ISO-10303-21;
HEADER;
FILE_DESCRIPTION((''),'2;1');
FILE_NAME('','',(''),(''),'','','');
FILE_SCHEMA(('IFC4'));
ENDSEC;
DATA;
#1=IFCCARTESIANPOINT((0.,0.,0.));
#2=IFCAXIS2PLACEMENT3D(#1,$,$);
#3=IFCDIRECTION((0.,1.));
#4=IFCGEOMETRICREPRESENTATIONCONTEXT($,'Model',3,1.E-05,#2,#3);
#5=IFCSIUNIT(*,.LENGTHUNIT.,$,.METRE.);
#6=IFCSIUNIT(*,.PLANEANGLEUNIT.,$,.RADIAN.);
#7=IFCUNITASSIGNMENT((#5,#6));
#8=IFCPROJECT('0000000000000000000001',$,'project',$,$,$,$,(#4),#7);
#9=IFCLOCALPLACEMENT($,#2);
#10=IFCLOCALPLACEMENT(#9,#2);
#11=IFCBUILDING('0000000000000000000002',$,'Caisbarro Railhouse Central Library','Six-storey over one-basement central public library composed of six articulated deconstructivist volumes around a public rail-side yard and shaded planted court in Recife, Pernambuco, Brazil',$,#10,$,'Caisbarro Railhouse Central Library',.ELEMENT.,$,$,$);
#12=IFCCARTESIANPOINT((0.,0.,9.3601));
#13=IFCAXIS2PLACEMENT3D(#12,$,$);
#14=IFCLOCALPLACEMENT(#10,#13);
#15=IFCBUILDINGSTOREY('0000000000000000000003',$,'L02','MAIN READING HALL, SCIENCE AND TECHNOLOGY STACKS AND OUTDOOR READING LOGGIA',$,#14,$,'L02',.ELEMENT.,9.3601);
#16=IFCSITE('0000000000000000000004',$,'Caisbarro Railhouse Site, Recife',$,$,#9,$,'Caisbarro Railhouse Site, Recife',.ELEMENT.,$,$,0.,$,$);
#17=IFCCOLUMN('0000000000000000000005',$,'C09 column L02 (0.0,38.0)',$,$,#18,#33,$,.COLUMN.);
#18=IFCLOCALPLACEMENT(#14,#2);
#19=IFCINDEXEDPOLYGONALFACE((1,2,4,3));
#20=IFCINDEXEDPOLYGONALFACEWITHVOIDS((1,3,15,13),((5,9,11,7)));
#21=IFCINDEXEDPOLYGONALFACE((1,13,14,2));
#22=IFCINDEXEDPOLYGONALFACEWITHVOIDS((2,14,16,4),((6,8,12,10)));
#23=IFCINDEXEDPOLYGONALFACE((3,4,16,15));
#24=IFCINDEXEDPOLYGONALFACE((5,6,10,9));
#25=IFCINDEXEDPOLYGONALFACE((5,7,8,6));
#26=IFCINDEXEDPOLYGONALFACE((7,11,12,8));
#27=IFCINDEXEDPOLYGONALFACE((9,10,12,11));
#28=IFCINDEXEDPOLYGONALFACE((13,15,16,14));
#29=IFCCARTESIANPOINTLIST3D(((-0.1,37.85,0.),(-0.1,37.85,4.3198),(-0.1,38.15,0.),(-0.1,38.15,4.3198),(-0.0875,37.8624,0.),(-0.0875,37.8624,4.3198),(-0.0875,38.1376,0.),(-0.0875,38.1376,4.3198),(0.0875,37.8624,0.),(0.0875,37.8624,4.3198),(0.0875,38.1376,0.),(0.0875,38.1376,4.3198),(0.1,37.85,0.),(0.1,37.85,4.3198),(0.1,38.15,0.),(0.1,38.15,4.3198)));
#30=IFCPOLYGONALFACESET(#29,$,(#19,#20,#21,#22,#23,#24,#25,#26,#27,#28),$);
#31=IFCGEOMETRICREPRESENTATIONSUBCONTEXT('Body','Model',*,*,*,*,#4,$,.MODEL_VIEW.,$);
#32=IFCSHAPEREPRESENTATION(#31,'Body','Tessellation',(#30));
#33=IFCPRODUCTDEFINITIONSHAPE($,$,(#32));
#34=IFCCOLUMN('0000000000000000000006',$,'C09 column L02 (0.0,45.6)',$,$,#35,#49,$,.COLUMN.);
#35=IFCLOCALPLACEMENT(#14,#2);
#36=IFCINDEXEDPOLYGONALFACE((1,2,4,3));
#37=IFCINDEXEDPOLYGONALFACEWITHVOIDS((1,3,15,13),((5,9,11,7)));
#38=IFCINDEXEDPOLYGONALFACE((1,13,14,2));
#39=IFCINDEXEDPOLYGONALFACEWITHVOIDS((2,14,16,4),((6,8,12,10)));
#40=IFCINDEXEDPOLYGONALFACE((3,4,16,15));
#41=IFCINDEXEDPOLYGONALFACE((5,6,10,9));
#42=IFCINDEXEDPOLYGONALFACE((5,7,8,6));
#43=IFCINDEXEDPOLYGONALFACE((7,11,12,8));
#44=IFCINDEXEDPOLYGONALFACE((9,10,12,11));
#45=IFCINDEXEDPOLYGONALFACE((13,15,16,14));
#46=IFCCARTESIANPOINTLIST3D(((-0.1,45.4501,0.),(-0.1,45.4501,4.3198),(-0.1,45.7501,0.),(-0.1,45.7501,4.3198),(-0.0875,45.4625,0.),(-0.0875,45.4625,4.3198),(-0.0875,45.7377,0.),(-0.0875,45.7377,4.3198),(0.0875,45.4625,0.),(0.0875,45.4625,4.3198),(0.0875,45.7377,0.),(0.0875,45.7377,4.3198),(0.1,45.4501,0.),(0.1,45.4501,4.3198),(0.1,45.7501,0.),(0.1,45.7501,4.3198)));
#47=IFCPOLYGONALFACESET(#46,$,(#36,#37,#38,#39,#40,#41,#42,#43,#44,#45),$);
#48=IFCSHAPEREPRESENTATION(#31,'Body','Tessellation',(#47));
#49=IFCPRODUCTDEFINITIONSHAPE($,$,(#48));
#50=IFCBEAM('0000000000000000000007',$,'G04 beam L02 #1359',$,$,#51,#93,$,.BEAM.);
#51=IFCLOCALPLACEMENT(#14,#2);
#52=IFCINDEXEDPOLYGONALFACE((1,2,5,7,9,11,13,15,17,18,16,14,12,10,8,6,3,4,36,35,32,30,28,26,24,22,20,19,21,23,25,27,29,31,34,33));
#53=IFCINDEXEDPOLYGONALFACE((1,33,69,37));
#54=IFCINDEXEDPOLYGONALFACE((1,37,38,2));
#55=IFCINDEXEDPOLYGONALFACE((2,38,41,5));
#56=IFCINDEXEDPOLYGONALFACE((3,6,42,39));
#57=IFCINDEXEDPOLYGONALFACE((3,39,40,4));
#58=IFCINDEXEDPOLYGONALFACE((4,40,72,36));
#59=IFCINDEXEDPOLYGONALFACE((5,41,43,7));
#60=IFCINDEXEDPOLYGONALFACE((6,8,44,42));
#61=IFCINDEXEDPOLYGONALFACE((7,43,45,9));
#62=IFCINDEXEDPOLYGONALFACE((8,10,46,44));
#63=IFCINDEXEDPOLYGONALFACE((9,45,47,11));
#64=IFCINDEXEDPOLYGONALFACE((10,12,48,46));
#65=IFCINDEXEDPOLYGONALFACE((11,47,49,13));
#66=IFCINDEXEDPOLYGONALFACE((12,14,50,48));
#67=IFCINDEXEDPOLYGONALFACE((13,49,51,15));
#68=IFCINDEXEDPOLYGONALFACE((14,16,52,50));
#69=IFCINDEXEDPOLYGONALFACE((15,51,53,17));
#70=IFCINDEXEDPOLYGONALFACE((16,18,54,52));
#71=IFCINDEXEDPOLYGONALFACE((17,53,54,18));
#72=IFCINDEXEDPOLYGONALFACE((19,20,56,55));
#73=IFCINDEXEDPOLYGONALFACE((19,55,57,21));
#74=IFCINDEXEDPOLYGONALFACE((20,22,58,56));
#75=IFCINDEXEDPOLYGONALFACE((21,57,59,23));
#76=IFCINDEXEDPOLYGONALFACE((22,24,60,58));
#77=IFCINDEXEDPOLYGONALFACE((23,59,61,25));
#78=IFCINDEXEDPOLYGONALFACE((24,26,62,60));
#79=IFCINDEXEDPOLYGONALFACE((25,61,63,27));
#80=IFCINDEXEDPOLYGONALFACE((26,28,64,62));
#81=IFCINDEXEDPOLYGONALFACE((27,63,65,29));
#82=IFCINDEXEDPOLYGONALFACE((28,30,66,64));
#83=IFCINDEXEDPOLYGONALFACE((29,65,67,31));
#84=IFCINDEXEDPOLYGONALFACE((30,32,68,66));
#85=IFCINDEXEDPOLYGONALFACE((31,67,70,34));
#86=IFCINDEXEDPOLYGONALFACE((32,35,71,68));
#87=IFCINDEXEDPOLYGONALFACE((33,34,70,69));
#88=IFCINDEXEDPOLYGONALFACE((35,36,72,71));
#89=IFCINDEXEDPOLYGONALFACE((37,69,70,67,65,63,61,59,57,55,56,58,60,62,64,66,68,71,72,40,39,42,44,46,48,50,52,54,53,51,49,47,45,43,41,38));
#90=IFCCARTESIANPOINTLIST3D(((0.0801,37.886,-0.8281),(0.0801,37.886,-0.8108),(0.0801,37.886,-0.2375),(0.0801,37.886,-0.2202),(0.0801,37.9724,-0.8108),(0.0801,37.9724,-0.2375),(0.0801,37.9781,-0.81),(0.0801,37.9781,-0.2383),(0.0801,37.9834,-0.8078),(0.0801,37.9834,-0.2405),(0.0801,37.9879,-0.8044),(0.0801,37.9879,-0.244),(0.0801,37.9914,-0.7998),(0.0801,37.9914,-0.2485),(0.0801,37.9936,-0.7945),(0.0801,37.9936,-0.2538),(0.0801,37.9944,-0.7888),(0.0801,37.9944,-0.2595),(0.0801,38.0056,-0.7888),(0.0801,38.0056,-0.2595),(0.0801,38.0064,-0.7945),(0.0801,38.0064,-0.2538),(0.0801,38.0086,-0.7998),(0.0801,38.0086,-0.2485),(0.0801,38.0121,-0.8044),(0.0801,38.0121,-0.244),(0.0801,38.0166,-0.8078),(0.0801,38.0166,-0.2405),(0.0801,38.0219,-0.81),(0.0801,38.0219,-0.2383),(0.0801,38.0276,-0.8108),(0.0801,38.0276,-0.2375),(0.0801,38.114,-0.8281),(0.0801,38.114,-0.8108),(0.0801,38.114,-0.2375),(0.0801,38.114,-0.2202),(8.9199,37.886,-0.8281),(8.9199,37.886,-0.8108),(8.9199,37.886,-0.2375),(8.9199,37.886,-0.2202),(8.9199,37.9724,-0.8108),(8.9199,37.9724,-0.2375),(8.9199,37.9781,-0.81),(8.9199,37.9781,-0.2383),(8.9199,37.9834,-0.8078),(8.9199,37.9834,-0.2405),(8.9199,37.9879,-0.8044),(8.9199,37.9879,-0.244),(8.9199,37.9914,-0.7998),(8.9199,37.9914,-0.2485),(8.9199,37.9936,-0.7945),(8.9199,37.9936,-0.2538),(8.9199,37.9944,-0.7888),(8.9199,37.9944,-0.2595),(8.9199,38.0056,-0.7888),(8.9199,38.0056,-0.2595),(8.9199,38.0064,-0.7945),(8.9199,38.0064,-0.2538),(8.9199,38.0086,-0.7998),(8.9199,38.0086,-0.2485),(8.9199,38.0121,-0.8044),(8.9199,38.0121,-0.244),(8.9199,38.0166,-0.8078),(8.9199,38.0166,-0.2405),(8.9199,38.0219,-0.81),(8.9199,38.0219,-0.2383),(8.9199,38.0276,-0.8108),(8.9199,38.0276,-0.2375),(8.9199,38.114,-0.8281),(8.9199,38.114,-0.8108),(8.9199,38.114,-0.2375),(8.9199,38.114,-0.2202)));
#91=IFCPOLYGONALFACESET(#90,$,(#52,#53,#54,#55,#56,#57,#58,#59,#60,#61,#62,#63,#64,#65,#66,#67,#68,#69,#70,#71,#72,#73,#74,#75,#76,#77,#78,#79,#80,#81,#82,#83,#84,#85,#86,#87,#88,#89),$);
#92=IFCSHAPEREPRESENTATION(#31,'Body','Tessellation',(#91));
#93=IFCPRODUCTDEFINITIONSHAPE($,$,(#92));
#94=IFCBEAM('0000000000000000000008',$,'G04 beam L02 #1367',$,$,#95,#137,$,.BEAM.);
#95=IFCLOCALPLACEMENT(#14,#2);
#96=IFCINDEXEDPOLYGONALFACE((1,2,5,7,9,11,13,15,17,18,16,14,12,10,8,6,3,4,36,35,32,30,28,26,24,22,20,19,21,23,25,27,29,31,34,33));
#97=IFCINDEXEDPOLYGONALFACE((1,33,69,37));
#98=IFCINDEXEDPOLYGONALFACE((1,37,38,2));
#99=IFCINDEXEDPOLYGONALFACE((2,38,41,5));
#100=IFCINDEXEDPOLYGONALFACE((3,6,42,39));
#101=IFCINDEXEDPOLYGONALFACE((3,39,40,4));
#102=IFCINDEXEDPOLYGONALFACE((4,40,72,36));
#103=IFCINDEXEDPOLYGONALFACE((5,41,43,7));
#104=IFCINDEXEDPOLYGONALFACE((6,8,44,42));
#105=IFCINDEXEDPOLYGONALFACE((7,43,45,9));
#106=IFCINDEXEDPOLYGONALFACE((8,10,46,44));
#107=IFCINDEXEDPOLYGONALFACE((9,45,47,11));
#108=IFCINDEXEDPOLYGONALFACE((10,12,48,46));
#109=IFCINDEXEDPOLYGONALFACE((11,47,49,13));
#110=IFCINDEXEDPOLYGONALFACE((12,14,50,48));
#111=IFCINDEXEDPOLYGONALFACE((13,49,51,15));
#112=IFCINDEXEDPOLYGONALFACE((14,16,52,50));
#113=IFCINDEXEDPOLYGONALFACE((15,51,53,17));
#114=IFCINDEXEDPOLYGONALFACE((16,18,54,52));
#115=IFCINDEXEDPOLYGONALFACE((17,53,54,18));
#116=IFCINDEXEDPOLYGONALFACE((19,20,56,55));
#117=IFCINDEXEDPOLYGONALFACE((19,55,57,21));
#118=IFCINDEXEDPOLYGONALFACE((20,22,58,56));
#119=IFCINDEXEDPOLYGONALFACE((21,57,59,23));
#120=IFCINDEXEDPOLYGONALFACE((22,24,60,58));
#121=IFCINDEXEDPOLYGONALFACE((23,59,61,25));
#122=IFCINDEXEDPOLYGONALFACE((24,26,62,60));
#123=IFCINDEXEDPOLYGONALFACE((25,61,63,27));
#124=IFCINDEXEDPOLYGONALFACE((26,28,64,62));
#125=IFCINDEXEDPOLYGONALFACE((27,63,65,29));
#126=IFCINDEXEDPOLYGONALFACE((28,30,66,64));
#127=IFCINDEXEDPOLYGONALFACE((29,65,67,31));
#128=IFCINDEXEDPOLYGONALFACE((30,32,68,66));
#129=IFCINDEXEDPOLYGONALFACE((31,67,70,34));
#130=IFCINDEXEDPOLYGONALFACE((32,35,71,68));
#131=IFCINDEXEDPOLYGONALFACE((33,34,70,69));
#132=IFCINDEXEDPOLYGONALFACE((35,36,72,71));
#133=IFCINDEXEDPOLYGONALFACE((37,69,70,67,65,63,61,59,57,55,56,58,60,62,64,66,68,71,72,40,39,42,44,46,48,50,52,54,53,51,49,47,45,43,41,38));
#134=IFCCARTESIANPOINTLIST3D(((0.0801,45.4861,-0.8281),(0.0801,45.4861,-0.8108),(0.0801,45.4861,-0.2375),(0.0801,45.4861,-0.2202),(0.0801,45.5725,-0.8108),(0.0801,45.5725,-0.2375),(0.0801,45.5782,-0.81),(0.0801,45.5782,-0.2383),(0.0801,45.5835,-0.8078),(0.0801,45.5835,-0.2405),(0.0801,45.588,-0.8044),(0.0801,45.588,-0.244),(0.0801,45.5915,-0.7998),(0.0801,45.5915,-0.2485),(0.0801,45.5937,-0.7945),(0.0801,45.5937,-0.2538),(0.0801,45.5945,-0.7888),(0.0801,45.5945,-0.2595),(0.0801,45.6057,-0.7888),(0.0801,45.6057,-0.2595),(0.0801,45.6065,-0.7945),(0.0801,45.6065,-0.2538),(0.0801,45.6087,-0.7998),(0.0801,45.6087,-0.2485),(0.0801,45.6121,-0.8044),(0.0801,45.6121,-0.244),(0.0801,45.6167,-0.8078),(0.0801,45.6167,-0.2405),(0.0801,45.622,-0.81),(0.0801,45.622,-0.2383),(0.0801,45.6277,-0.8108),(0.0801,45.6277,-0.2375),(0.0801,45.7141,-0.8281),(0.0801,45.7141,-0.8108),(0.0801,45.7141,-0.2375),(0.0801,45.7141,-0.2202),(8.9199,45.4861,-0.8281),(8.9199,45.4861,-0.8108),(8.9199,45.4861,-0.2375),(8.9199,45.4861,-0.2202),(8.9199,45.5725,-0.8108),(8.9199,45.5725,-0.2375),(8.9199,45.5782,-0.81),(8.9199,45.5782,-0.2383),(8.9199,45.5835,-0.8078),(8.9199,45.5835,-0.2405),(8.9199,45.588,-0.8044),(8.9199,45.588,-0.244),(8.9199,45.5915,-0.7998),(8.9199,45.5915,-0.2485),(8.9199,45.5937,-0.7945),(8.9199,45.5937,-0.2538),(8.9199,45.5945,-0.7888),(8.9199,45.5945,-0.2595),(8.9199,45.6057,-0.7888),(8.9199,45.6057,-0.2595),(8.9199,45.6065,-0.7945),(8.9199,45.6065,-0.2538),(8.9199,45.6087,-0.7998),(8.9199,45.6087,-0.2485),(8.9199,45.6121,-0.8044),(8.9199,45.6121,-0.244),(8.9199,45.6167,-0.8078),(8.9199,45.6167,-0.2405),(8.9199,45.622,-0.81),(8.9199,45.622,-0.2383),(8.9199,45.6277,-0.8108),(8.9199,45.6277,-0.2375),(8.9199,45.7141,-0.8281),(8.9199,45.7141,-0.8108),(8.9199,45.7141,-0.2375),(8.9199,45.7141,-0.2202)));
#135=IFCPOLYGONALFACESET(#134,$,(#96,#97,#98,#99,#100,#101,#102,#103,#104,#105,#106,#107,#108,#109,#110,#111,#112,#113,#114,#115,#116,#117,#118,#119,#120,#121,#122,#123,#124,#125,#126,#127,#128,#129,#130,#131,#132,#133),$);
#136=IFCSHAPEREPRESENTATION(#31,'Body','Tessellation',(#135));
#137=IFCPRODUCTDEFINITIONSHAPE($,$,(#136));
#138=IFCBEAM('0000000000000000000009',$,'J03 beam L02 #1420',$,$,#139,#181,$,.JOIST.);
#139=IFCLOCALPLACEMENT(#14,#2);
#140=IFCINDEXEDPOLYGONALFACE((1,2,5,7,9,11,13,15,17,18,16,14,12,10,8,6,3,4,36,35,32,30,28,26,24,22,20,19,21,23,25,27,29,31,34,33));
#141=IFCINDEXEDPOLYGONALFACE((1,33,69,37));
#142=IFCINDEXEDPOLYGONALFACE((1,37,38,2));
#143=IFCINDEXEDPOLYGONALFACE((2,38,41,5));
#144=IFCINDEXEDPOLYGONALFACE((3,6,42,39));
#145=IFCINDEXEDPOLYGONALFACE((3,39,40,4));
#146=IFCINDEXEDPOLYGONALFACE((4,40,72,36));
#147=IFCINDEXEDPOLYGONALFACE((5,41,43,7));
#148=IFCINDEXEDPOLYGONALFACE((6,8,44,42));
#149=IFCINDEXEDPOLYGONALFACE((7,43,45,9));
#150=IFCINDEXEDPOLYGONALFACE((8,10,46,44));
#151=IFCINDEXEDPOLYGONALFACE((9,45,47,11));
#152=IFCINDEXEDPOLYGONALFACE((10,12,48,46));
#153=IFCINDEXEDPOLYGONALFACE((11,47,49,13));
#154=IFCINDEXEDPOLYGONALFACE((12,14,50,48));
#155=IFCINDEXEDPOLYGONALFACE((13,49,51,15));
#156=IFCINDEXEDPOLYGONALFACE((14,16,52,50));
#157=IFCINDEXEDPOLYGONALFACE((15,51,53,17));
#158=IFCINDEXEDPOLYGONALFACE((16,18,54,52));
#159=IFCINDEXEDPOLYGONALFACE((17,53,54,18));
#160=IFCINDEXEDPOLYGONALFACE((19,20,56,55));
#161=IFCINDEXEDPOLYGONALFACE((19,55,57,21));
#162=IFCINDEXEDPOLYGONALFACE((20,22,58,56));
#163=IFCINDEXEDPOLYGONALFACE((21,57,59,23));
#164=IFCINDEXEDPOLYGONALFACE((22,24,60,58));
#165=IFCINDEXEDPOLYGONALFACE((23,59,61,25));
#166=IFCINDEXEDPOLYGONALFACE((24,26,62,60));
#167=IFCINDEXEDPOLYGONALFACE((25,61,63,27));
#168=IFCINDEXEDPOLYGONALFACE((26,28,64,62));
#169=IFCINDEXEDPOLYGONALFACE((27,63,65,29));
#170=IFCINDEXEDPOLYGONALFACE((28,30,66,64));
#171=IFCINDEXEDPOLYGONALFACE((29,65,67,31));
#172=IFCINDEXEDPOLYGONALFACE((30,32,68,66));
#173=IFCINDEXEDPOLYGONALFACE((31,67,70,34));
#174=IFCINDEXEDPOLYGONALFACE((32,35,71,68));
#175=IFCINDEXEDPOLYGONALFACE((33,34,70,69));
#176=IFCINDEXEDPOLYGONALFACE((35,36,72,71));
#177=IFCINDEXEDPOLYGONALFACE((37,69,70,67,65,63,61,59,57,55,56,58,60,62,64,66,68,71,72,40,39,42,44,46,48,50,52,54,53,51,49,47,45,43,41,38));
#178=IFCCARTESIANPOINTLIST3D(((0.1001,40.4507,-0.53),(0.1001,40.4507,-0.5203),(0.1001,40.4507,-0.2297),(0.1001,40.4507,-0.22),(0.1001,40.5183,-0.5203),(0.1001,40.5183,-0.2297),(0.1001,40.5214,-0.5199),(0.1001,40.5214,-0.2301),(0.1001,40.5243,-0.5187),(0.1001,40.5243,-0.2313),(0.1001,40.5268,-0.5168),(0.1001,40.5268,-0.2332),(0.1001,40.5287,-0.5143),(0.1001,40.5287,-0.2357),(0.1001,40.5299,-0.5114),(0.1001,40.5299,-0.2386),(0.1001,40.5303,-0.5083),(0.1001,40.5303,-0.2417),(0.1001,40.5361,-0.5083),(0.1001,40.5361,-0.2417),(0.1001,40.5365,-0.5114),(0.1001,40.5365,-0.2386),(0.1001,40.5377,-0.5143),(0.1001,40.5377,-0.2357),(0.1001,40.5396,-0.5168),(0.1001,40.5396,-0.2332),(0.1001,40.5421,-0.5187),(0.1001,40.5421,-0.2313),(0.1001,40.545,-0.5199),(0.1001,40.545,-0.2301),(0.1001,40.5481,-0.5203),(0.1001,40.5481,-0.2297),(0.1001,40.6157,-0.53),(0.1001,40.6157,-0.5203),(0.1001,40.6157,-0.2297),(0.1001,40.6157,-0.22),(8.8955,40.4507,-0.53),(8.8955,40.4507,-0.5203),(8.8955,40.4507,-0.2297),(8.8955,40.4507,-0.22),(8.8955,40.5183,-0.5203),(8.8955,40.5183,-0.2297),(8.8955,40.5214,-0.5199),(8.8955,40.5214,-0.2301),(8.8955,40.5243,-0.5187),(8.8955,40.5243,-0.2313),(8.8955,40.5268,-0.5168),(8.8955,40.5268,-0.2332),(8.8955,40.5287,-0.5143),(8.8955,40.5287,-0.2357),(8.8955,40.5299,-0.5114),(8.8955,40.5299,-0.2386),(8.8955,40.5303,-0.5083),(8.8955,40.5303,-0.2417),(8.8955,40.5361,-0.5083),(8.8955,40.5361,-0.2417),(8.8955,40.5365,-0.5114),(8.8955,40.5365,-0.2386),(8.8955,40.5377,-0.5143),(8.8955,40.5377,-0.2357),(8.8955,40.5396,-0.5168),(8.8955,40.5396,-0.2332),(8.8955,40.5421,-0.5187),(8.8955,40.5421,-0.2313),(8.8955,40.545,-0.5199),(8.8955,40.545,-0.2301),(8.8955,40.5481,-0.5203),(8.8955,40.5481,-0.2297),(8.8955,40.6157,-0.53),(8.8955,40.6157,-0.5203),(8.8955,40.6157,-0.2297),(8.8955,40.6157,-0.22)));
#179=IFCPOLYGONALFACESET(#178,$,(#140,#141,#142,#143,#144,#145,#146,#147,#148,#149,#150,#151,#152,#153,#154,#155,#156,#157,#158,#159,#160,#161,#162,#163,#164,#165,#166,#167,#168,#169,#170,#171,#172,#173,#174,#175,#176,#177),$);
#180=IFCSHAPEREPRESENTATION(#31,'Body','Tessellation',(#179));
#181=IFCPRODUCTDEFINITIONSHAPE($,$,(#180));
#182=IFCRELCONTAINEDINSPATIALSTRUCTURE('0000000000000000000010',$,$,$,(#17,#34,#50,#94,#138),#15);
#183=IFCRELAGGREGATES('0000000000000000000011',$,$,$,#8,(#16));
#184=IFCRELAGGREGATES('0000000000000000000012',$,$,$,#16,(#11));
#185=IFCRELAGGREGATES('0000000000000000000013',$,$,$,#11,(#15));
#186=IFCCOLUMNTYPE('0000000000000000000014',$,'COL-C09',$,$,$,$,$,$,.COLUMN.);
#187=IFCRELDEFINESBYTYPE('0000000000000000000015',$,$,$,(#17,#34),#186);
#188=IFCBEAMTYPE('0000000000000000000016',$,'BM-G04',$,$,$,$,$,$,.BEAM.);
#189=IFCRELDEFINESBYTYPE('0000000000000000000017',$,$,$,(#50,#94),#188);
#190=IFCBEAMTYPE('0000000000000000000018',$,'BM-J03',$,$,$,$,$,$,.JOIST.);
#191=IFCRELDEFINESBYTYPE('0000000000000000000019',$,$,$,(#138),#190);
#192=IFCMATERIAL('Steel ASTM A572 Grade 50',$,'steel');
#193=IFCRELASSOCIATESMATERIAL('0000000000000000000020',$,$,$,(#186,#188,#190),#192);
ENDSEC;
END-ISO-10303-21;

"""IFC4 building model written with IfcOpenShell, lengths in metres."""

from ifc_helpers import new_model, si_unit, direction, frame, origin, origin_2d, place, context, subcontext, project, spatial, hollow_rectangle, i_section, extrude, material, material_profile, profile_set, type_object, element, save


model = new_model("IFC4")

# Units and contexts
model_context = context("Model", 3, precision=1e-05, world=origin(), true_north=direction((0.0, 1.0)))
body_context = subcontext(model_context, "Body", "Model", "MODEL_VIEW")
ifc_project = project(units=[si_unit("LENGTHUNIT", "METRE"), si_unit("PLANEANGLEUNIT", "RADIAN")], contexts=[model_context])

# Site, building, storey
site_placement = place(None, origin())
site = spatial("IfcSite", under=ifc_project, at=site_placement, Name="Caisbarro Railhouse Site, Recife", LongName="Caisbarro Railhouse Site, Recife", CompositionType="ELEMENT", RefElevation=0.0)
building_placement = place(site_placement, origin())
building = spatial("IfcBuilding", under=site, at=building_placement, Name="Caisbarro Railhouse Central Library", Description="Six-storey over one-basement central public library composed of six articulated deconstructivist volumes around a public rail-side yard and shaded planted court in Recife, Pernambuco, Brazil", LongName="Caisbarro Railhouse Central Library", CompositionType="ELEMENT")
storey_placement = place(building_placement, frame((0.0, 0.0, 9.3601)))
storey = spatial("IfcBuildingStorey", under=building, at=storey_placement, Name="L02", Description="MAIN READING HALL, SCIENCE AND TECHNOLOGY STACKS AND OUTDOOR READING LOGGIA", LongName="L02", CompositionType="ELEMENT", Elevation=9.3601)

# Columns
ifc_material_1 = material(Name="Steel ASTM A572 Grade 50", Category="steel")
ifc_material_profile_1 = material_profile(ifc_material_1, hollow_rectangle(XDim=0.2, YDim=0.3, WallThickness=0.0125, at=origin_2d()), Name="HSS300X200X12.5")
ifc_profile_set_1 = profile_set([ifc_material_profile_1], Name="Steel ASTM A572 Grade 50")
column_type = type_object("IfcColumnType", Name="COL-C09", PredefinedType="COLUMN", material=ifc_profile_set_1)
for number, where, z_axis, x_axis, name in (
    (1, (0.0, 38.0, 0.0), (0.0, 0.0, 1.0), (1.0, 0.0, 0.0), "C09 column L02 (0.0,38.0)"),
    (2, (0.0, 45.6001, 0.0), (0.0, 0.0, 1.0), (1.0, 0.0, 0.0), "C09 column L02 (0.0,45.6)"),
):
    element("IfcColumn", number, at=place(storey_placement, frame(where, z_axis=z_axis, x_axis=x_axis)), inside=storey, type_object=column_type, Name=name, PredefinedType="COLUMN", context=body_context, shape_type="SweptSolid", body=[
        extrude(hollow_rectangle(XDim=0.2, YDim=0.3, WallThickness=0.0125, at=origin_2d()), origin(), (0.0, 0.0, 1.0), 4.3198),
    ])

# Beams
ifc_material_profile_2 = material_profile(ifc_material_1, i_section(OverallWidth=0.228, OverallDepth=0.6079, WebThickness=0.0112, FlangeThickness=0.0173, FilletRadius=0.022, at=origin_2d()), Name="W610X113.0")
ifc_profile_set_2 = profile_set([ifc_material_profile_2], Name="Steel ASTM A572 Grade 50")
beam_type_1 = type_object("IfcBeamType", Name="BM-G04", PredefinedType="BEAM", material=ifc_profile_set_2)
for number, where, z_axis, x_axis, name in (
    (3, (0.0801, 38.0, -0.5242), (1.0, 0.0, 0.0), (0.0, 1.0, 0.0), "G04 beam L02 #1359"),
    (4, (0.0801, 45.6001, -0.5242), (1.0, 0.0, 0.0), (0.0, 1.0, 0.0), "G04 beam L02 #1367"),
):
    element("IfcBeam", number, at=place(storey_placement, frame(where, z_axis=z_axis, x_axis=x_axis)), inside=storey, type_object=beam_type_1, Name=name, PredefinedType="BEAM", context=body_context, shape_type="SweptSolid", body=[
        extrude(i_section(OverallWidth=0.228, OverallDepth=0.6079, WebThickness=0.0112, FlangeThickness=0.0173, FilletRadius=0.022, at=origin_2d()), origin(), (0.0, 0.0, 1.0), 8.8398),
    ])
ifc_material_profile_3 = material_profile(ifc_material_1, i_section(OverallWidth=0.165, OverallDepth=0.3101, WebThickness=0.0059, FlangeThickness=0.0098, FilletRadius=0.012, at=origin_2d()), Name="W310X38.7")
ifc_profile_set_3 = profile_set([ifc_material_profile_3], Name="Steel ASTM A572 Grade 50")
beam_type_2 = type_object("IfcBeamType", Name="BM-J03", PredefinedType="JOIST", material=ifc_profile_set_3)
for number, where, z_axis, x_axis, name in (
    (5, (0.1001, 40.5332, -0.375), (1.0, 0.0, 0.0), (0.0, 1.0, 0.0), "J03 beam L02 #1420"),
):
    element("IfcBeam", number, at=place(storey_placement, frame(where, z_axis=z_axis, x_axis=x_axis)), inside=storey, type_object=beam_type_2, Name=name, PredefinedType="JOIST", context=body_context, shape_type="SweptSolid", body=[
        extrude(i_section(OverallWidth=0.165, OverallDepth=0.3101, WebThickness=0.0059, FlangeThickness=0.0098, FilletRadius=0.012, at=origin_2d()), origin(), (0.0, 0.0, 1.0), 8.7954),
    ])

save(model, "model.ifc")
